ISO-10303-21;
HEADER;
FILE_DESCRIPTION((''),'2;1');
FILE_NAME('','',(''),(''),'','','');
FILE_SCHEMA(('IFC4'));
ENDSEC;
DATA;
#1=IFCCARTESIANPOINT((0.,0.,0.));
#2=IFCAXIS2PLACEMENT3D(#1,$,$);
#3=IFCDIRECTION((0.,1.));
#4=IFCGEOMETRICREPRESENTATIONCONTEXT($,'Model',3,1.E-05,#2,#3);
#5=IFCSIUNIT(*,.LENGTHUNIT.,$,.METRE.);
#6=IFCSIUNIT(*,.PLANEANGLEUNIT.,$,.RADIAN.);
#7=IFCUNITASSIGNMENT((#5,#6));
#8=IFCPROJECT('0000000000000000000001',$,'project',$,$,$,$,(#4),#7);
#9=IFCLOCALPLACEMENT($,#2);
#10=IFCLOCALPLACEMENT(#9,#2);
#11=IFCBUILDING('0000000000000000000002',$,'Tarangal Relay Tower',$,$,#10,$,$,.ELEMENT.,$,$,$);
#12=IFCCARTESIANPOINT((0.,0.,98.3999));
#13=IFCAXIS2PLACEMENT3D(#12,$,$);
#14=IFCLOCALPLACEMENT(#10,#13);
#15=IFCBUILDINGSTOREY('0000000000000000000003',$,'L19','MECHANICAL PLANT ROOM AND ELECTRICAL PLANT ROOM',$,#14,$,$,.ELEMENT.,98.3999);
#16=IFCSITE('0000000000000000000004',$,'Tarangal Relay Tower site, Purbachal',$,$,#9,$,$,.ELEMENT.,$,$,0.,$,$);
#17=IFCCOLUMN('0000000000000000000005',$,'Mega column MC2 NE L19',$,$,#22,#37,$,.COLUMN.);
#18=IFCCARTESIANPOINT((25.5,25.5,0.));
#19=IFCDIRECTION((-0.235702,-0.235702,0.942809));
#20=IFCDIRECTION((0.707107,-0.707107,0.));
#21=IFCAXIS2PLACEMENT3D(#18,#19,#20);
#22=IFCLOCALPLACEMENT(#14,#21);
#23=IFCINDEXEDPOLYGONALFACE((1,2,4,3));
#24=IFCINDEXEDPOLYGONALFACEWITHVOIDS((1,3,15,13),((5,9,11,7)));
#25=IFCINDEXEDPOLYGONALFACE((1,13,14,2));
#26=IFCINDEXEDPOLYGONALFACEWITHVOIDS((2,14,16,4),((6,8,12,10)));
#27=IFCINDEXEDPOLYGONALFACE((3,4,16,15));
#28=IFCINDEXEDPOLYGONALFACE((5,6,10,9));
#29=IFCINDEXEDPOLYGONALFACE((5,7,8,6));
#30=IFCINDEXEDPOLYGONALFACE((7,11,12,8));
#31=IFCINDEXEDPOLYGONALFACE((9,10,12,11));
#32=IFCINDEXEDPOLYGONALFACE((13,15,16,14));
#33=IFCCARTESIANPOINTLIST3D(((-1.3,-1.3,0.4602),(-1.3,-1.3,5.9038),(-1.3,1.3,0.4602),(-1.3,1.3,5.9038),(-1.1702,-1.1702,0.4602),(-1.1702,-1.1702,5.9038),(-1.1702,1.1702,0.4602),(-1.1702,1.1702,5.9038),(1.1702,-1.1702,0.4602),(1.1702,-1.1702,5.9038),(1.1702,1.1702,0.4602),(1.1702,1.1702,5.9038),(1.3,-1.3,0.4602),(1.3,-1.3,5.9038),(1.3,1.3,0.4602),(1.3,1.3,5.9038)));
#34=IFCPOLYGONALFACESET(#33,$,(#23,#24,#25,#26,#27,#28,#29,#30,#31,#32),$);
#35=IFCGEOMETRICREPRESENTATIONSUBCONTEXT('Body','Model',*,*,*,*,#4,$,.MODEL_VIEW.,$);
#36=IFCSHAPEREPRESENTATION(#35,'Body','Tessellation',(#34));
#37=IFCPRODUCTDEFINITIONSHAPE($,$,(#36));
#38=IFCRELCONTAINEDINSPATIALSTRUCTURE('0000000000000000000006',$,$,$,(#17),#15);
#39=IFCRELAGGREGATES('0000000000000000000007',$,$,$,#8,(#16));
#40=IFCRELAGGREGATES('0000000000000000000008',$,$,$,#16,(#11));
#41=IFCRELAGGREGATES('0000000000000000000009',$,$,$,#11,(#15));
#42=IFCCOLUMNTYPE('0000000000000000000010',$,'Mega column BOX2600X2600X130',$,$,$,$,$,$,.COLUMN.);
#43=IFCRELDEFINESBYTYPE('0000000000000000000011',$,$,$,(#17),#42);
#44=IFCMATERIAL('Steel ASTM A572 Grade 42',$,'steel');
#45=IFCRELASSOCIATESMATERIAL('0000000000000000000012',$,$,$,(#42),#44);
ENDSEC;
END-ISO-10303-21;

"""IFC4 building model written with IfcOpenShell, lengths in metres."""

from ifc_helpers import new_model, si_unit, direction, frame, origin, origin_2d, place, context, subcontext, project, spatial, hollow_rectangle, extrude, clip, halfspace, material, material_profile, profile_set, type_object, element, save


model = new_model("IFC4")

# Units and contexts
model_context = context("Model", 3, precision=1e-05, world=origin(), true_north=direction((0.0, 1.0)))
body_context = subcontext(model_context, "Body", "Model", "MODEL_VIEW")
ifc_project = project(units=[si_unit("LENGTHUNIT", "METRE"), si_unit("PLANEANGLEUNIT", "RADIAN")], contexts=[model_context])

# Site, building, storey
site_placement = place(None, origin())
site = spatial("IfcSite", under=ifc_project, at=site_placement, Name="Tarangal Relay Tower site, Purbachal", CompositionType="ELEMENT", RefElevation=0.0)
building_placement = place(site_placement, origin())
building = spatial("IfcBuilding", under=site, at=building_placement, Name="Tarangal Relay Tower", CompositionType="ELEMENT")
storey_placement = place(building_placement, frame((0.0, 0.0, 98.3999)))
storey = spatial("IfcBuildingStorey", under=building, at=storey_placement, Name="L19", Description="MECHANICAL PLANT ROOM AND ELECTRICAL PLANT ROOM", CompositionType="ELEMENT", Elevation=98.3999)

# Column
ifc_material_1 = material(Name="Steel ASTM A572 Grade 42", Category="steel")
ifc_material_profile_1 = material_profile(ifc_material_1, hollow_rectangle(XDim=2.6001, YDim=2.6001, WallThickness=0.1299, at=origin_2d()), Name="BOX2600X2600X130")
ifc_profile_set_1 = profile_set([ifc_material_profile_1], Name="Steel ASTM A572 Grade 42")
column_type = type_object("IfcColumnType", Name="Mega column BOX2600X2600X130", PredefinedType="COLUMN", material=ifc_profile_set_1)
column_placement = place(storey_placement, frame((25.5, 25.5, 0.0), z_axis=(-0.235702, -0.235702, 0.942809), x_axis=(0.707107, -0.707107, 0.0)))
element("IfcColumn", 1, at=column_placement, inside=storey, type_object=column_type, Name="Mega column MC2 NE L19", PredefinedType="COLUMN", context=body_context, shape_type="Clipping", body=[
    clip(clip(extrude(hollow_rectangle(XDim=2.6001, YDim=2.6001, WallThickness=0.1299, at=origin_2d()), origin(), (0.0, 0.0, 1.0), 6.364), halfspace(frame((0.0, 0.0, 0.4602)), True)), halfspace(frame((0.0, 0.0, 5.9038)), False)),
])

save(model, "model.ifc")
